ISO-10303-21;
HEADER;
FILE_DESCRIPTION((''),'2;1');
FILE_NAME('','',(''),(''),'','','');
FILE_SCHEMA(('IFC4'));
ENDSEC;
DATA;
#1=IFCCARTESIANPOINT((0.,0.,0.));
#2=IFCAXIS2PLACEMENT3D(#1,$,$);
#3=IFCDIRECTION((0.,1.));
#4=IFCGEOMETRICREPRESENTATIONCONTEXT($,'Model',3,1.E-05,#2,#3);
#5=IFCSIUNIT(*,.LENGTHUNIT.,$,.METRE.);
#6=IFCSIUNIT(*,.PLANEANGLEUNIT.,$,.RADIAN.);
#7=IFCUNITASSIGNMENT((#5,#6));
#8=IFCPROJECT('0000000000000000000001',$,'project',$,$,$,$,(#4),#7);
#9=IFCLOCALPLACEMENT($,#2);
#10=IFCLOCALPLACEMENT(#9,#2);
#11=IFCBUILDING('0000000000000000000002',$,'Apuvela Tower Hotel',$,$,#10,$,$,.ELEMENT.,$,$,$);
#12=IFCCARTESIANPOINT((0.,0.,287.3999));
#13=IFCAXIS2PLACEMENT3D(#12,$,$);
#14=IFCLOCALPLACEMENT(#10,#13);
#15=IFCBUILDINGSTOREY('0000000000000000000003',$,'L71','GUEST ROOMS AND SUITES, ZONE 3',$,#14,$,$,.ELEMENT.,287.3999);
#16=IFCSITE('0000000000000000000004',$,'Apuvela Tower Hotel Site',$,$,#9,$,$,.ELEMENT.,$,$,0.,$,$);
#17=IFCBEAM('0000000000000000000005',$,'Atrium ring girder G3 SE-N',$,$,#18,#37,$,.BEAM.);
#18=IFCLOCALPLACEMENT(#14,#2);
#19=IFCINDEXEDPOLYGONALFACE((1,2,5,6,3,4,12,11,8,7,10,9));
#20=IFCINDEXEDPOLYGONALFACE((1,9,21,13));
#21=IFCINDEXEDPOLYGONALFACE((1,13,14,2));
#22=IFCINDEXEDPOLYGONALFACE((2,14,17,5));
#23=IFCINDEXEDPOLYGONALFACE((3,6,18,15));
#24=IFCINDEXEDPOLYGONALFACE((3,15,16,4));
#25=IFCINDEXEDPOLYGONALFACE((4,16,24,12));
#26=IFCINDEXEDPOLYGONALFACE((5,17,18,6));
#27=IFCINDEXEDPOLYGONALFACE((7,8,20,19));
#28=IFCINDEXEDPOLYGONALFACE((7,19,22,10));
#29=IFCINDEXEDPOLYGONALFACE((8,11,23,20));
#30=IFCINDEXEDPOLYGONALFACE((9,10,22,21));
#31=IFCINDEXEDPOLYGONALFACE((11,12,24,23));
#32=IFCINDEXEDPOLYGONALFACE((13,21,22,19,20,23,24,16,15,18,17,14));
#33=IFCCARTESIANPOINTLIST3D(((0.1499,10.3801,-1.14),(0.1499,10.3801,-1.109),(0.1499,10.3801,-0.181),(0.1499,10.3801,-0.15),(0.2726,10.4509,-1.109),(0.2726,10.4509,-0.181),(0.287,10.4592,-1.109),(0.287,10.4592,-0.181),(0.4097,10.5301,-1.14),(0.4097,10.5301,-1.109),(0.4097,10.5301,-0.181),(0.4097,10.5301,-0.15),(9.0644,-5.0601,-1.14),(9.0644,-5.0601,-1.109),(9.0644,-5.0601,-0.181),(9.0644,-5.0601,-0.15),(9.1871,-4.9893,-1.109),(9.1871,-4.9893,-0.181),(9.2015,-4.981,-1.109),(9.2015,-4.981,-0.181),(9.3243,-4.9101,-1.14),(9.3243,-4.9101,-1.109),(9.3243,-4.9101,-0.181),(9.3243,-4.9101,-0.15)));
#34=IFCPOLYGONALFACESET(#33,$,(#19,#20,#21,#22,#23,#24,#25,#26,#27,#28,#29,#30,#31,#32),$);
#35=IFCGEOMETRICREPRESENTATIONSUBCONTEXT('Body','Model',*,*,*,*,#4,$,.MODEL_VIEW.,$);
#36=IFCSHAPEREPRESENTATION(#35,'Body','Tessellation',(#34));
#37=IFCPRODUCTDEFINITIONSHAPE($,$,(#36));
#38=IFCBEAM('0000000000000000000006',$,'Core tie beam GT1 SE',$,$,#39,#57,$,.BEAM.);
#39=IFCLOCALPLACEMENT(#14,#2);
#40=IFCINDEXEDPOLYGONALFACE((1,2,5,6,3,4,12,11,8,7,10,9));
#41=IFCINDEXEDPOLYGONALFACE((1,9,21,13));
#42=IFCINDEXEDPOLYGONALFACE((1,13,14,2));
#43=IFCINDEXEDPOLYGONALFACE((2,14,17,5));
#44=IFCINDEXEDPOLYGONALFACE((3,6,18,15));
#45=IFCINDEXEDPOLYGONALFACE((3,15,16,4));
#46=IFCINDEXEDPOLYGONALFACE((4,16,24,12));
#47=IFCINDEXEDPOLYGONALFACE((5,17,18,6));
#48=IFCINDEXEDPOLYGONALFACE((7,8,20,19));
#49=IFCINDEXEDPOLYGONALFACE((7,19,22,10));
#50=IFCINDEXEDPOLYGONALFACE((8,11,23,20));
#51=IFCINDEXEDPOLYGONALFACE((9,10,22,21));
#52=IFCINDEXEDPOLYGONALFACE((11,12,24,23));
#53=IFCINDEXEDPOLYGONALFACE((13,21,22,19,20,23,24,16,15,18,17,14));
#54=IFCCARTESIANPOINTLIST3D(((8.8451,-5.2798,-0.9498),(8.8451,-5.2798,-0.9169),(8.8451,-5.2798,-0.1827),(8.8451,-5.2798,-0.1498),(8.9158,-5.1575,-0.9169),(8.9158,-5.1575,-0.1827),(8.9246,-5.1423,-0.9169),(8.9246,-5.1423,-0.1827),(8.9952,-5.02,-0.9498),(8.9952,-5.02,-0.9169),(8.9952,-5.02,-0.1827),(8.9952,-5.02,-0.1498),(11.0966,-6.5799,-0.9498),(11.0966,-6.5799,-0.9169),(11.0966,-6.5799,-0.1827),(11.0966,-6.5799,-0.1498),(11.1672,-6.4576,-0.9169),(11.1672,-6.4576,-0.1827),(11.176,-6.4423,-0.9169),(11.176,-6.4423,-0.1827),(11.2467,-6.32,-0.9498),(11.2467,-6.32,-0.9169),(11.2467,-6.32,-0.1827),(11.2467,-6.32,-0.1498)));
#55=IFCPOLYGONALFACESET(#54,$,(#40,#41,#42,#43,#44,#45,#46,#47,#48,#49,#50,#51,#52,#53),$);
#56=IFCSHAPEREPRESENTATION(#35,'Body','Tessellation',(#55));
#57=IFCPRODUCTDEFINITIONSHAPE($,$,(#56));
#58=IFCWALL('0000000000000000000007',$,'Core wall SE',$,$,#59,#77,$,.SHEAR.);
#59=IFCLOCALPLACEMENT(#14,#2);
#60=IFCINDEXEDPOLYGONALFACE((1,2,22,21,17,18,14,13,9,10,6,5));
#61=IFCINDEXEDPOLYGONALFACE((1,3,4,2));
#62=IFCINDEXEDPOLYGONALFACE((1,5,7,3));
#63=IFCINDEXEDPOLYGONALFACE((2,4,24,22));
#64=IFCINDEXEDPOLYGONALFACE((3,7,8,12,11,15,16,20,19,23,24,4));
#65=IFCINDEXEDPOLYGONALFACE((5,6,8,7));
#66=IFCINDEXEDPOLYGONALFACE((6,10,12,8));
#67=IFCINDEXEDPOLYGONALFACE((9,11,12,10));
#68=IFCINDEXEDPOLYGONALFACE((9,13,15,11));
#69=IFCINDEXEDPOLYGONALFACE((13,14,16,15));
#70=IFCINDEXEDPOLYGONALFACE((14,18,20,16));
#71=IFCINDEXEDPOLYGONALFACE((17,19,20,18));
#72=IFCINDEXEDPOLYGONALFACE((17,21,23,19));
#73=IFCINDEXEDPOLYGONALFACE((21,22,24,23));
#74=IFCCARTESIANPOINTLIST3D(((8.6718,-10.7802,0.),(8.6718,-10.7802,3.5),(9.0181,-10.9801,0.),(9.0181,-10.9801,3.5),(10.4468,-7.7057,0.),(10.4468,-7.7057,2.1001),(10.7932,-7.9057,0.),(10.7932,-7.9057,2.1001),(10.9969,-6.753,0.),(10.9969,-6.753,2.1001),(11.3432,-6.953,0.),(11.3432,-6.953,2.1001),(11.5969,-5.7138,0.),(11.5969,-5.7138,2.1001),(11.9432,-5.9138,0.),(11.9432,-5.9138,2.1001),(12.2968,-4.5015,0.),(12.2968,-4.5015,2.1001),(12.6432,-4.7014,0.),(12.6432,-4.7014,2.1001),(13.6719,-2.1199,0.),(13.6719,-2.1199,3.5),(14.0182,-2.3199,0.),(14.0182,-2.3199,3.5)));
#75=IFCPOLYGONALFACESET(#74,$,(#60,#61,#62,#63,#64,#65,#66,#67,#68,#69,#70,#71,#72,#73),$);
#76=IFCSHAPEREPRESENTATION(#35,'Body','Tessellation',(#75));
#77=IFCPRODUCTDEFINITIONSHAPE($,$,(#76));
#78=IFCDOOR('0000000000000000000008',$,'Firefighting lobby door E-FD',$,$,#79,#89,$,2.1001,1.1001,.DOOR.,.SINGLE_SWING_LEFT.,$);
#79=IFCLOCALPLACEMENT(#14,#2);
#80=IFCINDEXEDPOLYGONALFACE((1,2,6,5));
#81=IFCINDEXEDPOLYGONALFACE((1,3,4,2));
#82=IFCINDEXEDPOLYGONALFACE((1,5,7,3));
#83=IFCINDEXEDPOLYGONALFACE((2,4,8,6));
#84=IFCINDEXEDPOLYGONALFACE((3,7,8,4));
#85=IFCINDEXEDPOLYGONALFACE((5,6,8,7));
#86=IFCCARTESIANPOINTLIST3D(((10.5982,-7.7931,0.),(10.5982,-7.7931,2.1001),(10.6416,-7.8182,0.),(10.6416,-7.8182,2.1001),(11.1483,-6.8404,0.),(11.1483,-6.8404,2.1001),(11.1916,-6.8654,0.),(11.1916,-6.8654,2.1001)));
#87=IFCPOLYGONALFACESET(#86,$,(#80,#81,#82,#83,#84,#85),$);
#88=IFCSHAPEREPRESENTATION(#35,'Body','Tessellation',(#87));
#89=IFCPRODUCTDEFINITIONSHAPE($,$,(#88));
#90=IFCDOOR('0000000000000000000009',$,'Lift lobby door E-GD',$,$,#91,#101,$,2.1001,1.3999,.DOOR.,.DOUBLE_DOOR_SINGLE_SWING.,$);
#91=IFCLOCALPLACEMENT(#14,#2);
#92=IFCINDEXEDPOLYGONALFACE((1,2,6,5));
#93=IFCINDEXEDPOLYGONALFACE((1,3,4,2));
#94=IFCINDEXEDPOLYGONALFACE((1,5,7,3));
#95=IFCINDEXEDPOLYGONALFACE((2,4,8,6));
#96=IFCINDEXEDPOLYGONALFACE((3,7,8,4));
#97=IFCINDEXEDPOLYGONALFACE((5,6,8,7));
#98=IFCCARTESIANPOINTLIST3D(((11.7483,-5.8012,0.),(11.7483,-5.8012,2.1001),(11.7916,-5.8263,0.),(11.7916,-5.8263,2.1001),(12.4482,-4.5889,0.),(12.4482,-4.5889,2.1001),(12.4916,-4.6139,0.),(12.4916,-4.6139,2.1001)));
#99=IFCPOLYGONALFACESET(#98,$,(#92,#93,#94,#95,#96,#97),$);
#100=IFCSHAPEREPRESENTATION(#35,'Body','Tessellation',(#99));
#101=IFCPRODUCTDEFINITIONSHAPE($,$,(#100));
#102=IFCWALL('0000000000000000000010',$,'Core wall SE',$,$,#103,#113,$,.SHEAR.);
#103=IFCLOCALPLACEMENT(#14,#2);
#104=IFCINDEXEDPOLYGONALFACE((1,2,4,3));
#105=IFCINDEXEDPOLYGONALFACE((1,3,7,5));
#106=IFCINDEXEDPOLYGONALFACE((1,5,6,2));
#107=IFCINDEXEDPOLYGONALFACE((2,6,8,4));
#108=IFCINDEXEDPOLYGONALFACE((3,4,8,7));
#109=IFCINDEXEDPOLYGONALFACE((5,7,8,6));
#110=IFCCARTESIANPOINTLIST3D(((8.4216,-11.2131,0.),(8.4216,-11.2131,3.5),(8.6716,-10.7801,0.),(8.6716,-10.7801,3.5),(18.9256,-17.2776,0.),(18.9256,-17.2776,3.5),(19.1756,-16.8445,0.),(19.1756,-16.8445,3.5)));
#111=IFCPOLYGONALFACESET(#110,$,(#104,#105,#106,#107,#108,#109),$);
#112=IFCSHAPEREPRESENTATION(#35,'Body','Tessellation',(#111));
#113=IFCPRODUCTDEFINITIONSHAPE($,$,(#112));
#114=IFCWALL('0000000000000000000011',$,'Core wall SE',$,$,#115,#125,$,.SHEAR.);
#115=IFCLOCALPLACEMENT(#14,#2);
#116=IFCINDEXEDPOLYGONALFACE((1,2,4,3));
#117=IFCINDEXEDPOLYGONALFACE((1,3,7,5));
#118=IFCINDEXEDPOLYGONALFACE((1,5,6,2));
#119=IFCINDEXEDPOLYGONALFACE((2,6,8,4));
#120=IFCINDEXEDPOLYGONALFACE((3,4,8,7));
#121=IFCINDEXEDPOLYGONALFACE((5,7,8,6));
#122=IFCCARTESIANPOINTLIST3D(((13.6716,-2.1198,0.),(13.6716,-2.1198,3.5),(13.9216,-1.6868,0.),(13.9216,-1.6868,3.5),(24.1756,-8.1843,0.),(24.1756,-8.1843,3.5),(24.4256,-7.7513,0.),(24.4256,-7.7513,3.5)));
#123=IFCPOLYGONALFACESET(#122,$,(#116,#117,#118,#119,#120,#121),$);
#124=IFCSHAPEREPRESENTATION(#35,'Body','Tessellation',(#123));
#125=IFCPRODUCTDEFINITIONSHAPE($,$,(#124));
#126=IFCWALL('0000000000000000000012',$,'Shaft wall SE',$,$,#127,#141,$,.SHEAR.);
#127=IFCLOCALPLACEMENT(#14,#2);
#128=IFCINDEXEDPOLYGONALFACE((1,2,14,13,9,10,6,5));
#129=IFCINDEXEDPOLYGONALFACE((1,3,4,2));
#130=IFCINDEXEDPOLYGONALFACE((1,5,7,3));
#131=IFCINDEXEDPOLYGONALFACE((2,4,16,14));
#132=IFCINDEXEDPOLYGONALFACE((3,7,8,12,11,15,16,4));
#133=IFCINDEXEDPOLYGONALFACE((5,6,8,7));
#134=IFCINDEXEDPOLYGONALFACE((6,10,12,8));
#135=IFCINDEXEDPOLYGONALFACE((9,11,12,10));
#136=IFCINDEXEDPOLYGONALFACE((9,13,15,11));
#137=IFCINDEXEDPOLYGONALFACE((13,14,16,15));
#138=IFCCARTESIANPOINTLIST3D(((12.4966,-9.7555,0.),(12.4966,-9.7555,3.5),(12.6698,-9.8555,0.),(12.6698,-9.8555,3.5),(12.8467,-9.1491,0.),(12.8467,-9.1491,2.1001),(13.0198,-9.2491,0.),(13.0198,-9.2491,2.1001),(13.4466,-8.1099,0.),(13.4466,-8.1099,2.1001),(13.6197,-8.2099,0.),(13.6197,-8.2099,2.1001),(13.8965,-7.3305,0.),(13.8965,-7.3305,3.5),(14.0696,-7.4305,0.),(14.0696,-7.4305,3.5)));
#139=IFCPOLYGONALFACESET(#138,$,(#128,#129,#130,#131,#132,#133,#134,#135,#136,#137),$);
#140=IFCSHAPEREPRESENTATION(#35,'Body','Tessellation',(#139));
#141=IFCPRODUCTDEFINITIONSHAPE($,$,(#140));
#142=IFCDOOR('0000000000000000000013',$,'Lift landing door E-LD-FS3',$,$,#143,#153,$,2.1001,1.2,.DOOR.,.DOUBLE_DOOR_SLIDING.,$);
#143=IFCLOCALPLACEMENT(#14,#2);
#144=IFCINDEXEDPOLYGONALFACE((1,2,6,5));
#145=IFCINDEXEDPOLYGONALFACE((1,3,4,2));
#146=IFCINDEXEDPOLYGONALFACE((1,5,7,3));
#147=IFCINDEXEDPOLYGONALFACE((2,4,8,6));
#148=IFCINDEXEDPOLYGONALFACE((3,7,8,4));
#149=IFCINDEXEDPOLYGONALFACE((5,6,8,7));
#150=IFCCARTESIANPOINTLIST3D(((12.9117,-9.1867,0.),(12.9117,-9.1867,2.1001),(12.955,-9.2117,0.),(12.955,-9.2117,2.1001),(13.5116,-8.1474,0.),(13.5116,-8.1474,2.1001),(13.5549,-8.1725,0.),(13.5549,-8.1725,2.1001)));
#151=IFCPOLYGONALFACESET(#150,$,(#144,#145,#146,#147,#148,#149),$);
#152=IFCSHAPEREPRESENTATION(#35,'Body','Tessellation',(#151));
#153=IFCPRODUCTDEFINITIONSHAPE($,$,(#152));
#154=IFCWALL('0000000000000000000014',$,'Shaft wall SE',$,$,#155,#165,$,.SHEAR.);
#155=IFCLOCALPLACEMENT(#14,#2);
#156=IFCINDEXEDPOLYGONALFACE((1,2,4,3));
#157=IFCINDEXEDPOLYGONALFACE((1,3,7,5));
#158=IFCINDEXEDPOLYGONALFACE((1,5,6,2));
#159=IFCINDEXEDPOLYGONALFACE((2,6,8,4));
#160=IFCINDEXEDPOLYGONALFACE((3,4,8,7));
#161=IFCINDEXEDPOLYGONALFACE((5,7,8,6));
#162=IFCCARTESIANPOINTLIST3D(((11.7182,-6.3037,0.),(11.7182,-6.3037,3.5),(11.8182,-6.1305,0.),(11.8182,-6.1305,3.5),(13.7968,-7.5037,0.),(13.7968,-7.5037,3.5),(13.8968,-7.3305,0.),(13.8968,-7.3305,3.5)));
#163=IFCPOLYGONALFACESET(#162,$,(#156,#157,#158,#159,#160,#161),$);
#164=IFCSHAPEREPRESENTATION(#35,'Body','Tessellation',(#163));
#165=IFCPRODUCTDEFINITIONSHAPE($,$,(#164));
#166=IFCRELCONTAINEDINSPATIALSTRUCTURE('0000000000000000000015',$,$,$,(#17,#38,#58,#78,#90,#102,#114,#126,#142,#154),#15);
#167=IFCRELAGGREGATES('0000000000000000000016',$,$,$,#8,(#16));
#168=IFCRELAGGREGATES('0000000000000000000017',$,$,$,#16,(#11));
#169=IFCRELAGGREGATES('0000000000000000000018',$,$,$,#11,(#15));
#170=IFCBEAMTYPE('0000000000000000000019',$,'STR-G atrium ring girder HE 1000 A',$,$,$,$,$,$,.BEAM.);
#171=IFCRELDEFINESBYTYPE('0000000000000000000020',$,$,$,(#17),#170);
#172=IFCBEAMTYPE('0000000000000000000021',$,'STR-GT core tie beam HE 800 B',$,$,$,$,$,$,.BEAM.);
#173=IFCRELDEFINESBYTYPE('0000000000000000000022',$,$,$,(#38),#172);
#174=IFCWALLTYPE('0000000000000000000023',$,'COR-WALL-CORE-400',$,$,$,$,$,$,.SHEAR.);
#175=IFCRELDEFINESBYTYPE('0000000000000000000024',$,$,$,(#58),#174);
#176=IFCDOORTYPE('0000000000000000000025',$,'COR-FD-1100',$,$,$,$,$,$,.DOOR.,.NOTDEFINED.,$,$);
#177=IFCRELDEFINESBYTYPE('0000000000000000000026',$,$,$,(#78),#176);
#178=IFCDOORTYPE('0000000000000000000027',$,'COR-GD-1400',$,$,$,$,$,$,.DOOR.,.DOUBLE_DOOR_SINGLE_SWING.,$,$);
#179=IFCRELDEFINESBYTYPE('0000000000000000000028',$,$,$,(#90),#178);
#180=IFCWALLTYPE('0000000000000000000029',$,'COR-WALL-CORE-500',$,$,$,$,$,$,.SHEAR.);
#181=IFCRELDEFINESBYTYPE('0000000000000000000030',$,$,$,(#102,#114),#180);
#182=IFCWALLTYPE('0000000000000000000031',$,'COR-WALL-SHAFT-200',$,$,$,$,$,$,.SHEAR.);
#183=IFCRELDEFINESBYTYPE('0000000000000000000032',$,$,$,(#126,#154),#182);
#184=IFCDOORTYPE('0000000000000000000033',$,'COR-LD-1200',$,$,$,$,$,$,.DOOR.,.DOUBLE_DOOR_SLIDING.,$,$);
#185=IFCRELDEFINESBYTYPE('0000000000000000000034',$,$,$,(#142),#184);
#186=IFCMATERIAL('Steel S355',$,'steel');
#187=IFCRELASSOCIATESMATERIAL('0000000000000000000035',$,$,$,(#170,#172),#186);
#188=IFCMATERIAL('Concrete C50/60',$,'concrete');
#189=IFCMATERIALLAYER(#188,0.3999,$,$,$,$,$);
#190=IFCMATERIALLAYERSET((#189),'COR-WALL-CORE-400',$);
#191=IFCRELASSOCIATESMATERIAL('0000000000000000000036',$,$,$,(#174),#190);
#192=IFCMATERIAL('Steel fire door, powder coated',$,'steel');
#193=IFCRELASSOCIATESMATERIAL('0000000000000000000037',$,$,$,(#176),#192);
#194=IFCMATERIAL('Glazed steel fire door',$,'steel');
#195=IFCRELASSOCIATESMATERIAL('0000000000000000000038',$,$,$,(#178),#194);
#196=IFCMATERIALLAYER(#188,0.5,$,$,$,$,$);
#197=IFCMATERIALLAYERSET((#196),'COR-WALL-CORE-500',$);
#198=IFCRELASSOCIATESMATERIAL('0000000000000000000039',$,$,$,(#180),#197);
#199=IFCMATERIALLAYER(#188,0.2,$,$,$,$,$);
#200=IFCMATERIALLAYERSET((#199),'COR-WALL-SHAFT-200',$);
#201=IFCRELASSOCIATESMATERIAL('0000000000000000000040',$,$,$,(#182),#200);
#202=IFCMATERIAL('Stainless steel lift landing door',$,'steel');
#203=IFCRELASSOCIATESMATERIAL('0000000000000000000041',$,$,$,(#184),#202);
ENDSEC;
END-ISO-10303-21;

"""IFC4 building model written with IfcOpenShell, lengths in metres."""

from ifc_helpers import new_model, si_unit, direction, frame, frame_2d, origin, origin_2d, place, context, subcontext, project, spatial, rectangle, i_section, extrude, material, layer, layer_set, material_profile, profile_set, type_object, element, fill, save


model = new_model("IFC4")

# Units and contexts
model_context = context("Model", 3, precision=1e-05, world=origin(), true_north=direction((0.0, 1.0)))
body_context = subcontext(model_context, "Body", "Model", "MODEL_VIEW")
ifc_project = project(units=[si_unit("LENGTHUNIT", "METRE"), si_unit("PLANEANGLEUNIT", "RADIAN")], contexts=[model_context])

# Site, building, storey
site_placement = place(None, origin())
site = spatial("IfcSite", under=ifc_project, at=site_placement, Name="Apuvela Tower Hotel Site", CompositionType="ELEMENT", RefElevation=0.0)
building_placement = place(site_placement, origin())
building = spatial("IfcBuilding", under=site, at=building_placement, Name="Apuvela Tower Hotel", CompositionType="ELEMENT")
storey_placement = place(building_placement, frame((0.0, 0.0, 287.3999)))
storey = spatial("IfcBuildingStorey", under=building, at=storey_placement, Name="L71", Description="GUEST ROOMS AND SUITES, ZONE 3", CompositionType="ELEMENT", Elevation=287.3999)

# Beams
ifc_material_1 = material(Name="Steel S355", Category="steel")
ifc_material_profile_1 = material_profile(ifc_material_1, i_section(OverallWidth=0.3, OverallDepth=0.99, WebThickness=0.0166, FlangeThickness=0.031, at=origin_2d()), Name="HE 1000 A")
ifc_profile_set_1 = profile_set([ifc_material_profile_1], Name="Steel S355")
beam_type_1 = type_object("IfcBeamType", Name="STR-G atrium ring girder HE 1000 A", PredefinedType="BEAM", material=ifc_profile_set_1)
beam_1_placement = place(storey_placement, frame((9.1943, -4.9851, -0.645), z_axis=(-0.500007, 0.866022, 0.0), x_axis=(-0.866022, -0.500007, 0.0)))
element("IfcBeam", 1, at=beam_1_placement, inside=storey, type_object=beam_type_1, Name="Atrium ring girder G3 SE-N", PredefinedType="BEAM", context=body_context, shape_type="SweptSolid", body=[
    extrude(i_section(OverallWidth=0.3, OverallDepth=0.99, WebThickness=0.0166, FlangeThickness=0.031, at=origin_2d()), origin(), (0.0, 0.0, 1.0), 17.8289),
])
ifc_material_profile_2 = material_profile(ifc_material_1, i_section(OverallWidth=0.3, OverallDepth=0.8, WebThickness=0.0176, FlangeThickness=0.033, at=origin_2d()), Name="HE 800 B")
ifc_profile_set_2 = profile_set([ifc_material_profile_2], Name="Steel S355")
beam_type_2 = type_object("IfcBeamType", Name="STR-GT core tie beam HE 800 B", PredefinedType="BEAM", material=ifc_profile_set_2)
beam_2_placement = place(storey_placement, frame((11.1716, -6.45, -0.5498), z_axis=(-0.865998, 0.500048, 0.0), x_axis=(-0.500048, -0.865998, 0.0)))
element("IfcBeam", 2, at=beam_2_placement, inside=storey, type_object=beam_type_2, Name="Core tie beam GT1 SE", PredefinedType="BEAM", context=body_context, shape_type="SweptSolid", body=[
    extrude(i_section(OverallWidth=0.3, OverallDepth=0.8, WebThickness=0.0176, FlangeThickness=0.033, at=origin_2d()), origin(), (0.0, 0.0, 1.0), 2.5999),
])

# Wall, openings, doors
ifc_material_2 = material(Name="Concrete C50/60", Category="concrete")
ifc_layer_1 = layer(ifc_material_2, 0.3999)
ifc_layer_set_1 = layer_set([ifc_layer_1], Name="COR-WALL-CORE-400")
wall_type_1 = type_object("IfcWallType", Name="COR-WALL-CORE-400", PredefinedType="SHEAR", material=ifc_layer_set_1)
wall_1_placement = place(storey_placement, frame((8.845, -10.8801, 0.0), z_axis=(0.0, 0.0, 1.0), x_axis=(0.500004, 0.866023, 0.0)))
wall_1 = element("IfcWall", 3, at=wall_1_placement, inside=storey, type_object=wall_type_1, Name="Core wall SE", PredefinedType="SHEAR", context=body_context, shape_type="SweptSolid", body=[
    extrude(rectangle(XDim=10.0, YDim=0.3999, at=frame_2d((5.0, 0.0))), origin(), (0.0, 0.0, 1.0), 3.5),
])
opening_1_placement = place(wall_1_placement, frame((3.55, 0.0, 0.0)))
opening_1 = element("IfcOpeningElement", 4, at=opening_1_placement, cuts=wall_1, PredefinedType="OPENING", context=body_context, shape_type="SweptSolid", body=[
    extrude(rectangle(XDim=1.1001, YDim=2.1001, at=frame_2d((0.55, 1.05))), frame((0.0, 0.21, 0.0), z_axis=(0.0, -1.0, 0.0), x_axis=(1.0, 0.0, 0.0)), (0.0, 0.0, 1.0), 0.4199),
])
opening_2_placement = place(wall_1_placement, frame((5.8501, 0.0, 0.0)))
opening_2 = element("IfcOpeningElement", 5, at=opening_2_placement, cuts=wall_1, PredefinedType="OPENING", context=body_context, shape_type="SweptSolid", body=[
    extrude(rectangle(XDim=1.3999, YDim=2.1001, at=frame_2d((0.7, 1.05))), frame((0.0, 0.21, 0.0), z_axis=(0.0, -1.0, 0.0), x_axis=(1.0, 0.0, 0.0)), (0.0, 0.0, 1.0), 0.4199),
])
ifc_material_3 = material(Name="Steel fire door, powder coated", Category="steel")
door_type_1 = type_object("IfcDoorType", Name="COR-FD-1100", OperationType="NOTDEFINED", PredefinedType="DOOR", material=ifc_material_3)
door_1_placement = place(opening_1_placement, frame((1.1001, 0.0, 0.0), z_axis=(0.0, 0.0, 1.0), x_axis=(-1.0, 0.0, 0.0)))
door_1 = element("IfcDoor", 6, at=door_1_placement, inside=storey, type_object=door_type_1, Name="Firefighting lobby door E-FD", OperationType="SINGLE_SWING_LEFT", OverallHeight=2.1001, OverallWidth=1.1001, PredefinedType="DOOR", context=body_context, shape_type="SweptSolid", body=[
    extrude(rectangle(XDim=1.1001, YDim=2.1001, at=frame_2d((0.55, 1.05))), frame((0.0, 0.0249, 0.0), z_axis=(0.0, -1.0, 0.0), x_axis=(1.0, 0.0, 0.0)), (0.0, 0.0, 1.0), 0.05),
])
fill(opening_1, door_1)
ifc_material_4 = material(Name="Glazed steel fire door", Category="steel")
door_type_2 = type_object("IfcDoorType", Name="COR-GD-1400", OperationType="DOUBLE_DOOR_SINGLE_SWING", PredefinedType="DOOR", material=ifc_material_4)
door_2_placement = place(opening_2_placement, frame((1.3999, 0.0, 0.0), z_axis=(0.0, 0.0, 1.0), x_axis=(-1.0, 0.0, 0.0)))
door_2 = element("IfcDoor", 7, at=door_2_placement, inside=storey, type_object=door_type_2, Name="Lift lobby door E-GD", OperationType="DOUBLE_DOOR_SINGLE_SWING", OverallHeight=2.1001, OverallWidth=1.3999, PredefinedType="DOOR", context=body_context, shape_type="SweptSolid", body=[
    extrude(rectangle(XDim=1.3999, YDim=2.1001, at=frame_2d((0.7, 1.05))), frame((0.0, 0.0249, 0.0), z_axis=(0.0, -1.0, 0.0), x_axis=(1.0, 0.0, 0.0)), (0.0, 0.0, 1.0), 0.05),
])
fill(opening_2, door_2)

# Walls
ifc_layer_2 = layer(ifc_material_2, 0.5)
ifc_layer_set_2 = layer_set([ifc_layer_2], Name="COR-WALL-CORE-500")
wall_type_2 = type_object("IfcWallType", Name="COR-WALL-CORE-500", PredefinedType="SHEAR", material=ifc_layer_set_2)
for number, where, z_axis, x_axis, name in (
    (8, (8.5466, -10.9966, 0.0), (0.0, 0.0, 1.0), (0.866025, -0.500001, 0.0), "Core wall SE"),
    (9, (13.7966, -1.9033, 0.0), (0.0, 0.0, 1.0), (0.866025, -0.500001, 0.0), "Core wall SE"),
):
    element("IfcWall", number, at=place(storey_placement, frame(where, z_axis=z_axis, x_axis=x_axis)), inside=storey, type_object=wall_type_2, Name=name, PredefinedType="SHEAR", context=body_context, shape_type="SweptSolid", body=[
        extrude(rectangle(XDim=12.1289, YDim=0.5, at=frame_2d((6.0645, 0.0))), origin(), (0.0, 0.0, 1.0), 3.5),
    ])

# Wall, opening, door
ifc_layer_3 = layer(ifc_material_2, 0.2)
ifc_layer_set_3 = layer_set([ifc_layer_3], Name="COR-WALL-SHAFT-200")
wall_type_3 = type_object("IfcWallType", Name="COR-WALL-SHAFT-200", PredefinedType="SHEAR", material=ifc_layer_set_3)
wall_2_placement = place(storey_placement, frame((12.5833, -9.8054, 0.0), z_axis=(0.0, 0.0, 1.0), x_axis=(0.499946, 0.866056, 0.0)))
wall_2 = element("IfcWall", 10, at=wall_2_placement, inside=storey, type_object=wall_type_3, Name="Shaft wall SE", PredefinedType="SHEAR", context=body_context, shape_type="SweptSolid", body=[
    extrude(rectangle(XDim=2.8, YDim=0.2, at=frame_2d((1.3999, 0.0))), origin(), (0.0, 0.0, 1.0), 3.5),
])
opening_3_placement = place(wall_2_placement, frame((0.7, 0.0, 0.0)))
opening_3 = element("IfcOpeningElement", 11, at=opening_3_placement, cuts=wall_2, PredefinedType="OPENING", context=body_context, shape_type="SweptSolid", body=[
    extrude(rectangle(XDim=1.2, YDim=2.1001, at=frame_2d((0.6001, 1.05))), frame((0.0, 0.1099, 0.0), z_axis=(0.0, -1.0, 0.0), x_axis=(1.0, 0.0, 0.0)), (0.0, 0.0, 1.0), 0.22),
])
ifc_material_5 = material(Name="Stainless steel lift landing door", Category="steel")
door_type_3 = type_object("IfcDoorType", Name="COR-LD-1200", OperationType="DOUBLE_DOOR_SLIDING", PredefinedType="DOOR", material=ifc_material_5)
door_3_placement = place(opening_3_placement, origin())
door_3 = element("IfcDoor", 12, at=door_3_placement, inside=storey, type_object=door_type_3, Name="Lift landing door E-LD-FS3", OperationType="DOUBLE_DOOR_SLIDING", OverallHeight=2.1001, OverallWidth=1.2, PredefinedType="DOOR", context=body_context, shape_type="SweptSolid", body=[
    extrude(rectangle(XDim=1.2, YDim=2.1001, at=frame_2d((0.6001, 1.05))), frame((0.0, 0.0249, 0.0), z_axis=(0.0, -1.0, 0.0), x_axis=(1.0, 0.0, 0.0)), (0.0, 0.0, 1.0), 0.05),
])
fill(opening_3, door_3)

# Wall
wall_3_placement = place(storey_placement, frame((11.7681, -6.217, 0.0), z_axis=(0.0, 0.0, 1.0), x_axis=(0.86605, -0.499957, 0.0)))
element("IfcWall", 13, at=wall_3_placement, inside=storey, type_object=wall_type_3, Name="Shaft wall SE", PredefinedType="SHEAR", context=body_context, shape_type="SweptSolid", body=[
    extrude(rectangle(XDim=2.4001, YDim=0.2, at=frame_2d((1.2002, 0.0))), origin(), (0.0, 0.0, 1.0), 3.5),
])

save(model, "model.ifc")
